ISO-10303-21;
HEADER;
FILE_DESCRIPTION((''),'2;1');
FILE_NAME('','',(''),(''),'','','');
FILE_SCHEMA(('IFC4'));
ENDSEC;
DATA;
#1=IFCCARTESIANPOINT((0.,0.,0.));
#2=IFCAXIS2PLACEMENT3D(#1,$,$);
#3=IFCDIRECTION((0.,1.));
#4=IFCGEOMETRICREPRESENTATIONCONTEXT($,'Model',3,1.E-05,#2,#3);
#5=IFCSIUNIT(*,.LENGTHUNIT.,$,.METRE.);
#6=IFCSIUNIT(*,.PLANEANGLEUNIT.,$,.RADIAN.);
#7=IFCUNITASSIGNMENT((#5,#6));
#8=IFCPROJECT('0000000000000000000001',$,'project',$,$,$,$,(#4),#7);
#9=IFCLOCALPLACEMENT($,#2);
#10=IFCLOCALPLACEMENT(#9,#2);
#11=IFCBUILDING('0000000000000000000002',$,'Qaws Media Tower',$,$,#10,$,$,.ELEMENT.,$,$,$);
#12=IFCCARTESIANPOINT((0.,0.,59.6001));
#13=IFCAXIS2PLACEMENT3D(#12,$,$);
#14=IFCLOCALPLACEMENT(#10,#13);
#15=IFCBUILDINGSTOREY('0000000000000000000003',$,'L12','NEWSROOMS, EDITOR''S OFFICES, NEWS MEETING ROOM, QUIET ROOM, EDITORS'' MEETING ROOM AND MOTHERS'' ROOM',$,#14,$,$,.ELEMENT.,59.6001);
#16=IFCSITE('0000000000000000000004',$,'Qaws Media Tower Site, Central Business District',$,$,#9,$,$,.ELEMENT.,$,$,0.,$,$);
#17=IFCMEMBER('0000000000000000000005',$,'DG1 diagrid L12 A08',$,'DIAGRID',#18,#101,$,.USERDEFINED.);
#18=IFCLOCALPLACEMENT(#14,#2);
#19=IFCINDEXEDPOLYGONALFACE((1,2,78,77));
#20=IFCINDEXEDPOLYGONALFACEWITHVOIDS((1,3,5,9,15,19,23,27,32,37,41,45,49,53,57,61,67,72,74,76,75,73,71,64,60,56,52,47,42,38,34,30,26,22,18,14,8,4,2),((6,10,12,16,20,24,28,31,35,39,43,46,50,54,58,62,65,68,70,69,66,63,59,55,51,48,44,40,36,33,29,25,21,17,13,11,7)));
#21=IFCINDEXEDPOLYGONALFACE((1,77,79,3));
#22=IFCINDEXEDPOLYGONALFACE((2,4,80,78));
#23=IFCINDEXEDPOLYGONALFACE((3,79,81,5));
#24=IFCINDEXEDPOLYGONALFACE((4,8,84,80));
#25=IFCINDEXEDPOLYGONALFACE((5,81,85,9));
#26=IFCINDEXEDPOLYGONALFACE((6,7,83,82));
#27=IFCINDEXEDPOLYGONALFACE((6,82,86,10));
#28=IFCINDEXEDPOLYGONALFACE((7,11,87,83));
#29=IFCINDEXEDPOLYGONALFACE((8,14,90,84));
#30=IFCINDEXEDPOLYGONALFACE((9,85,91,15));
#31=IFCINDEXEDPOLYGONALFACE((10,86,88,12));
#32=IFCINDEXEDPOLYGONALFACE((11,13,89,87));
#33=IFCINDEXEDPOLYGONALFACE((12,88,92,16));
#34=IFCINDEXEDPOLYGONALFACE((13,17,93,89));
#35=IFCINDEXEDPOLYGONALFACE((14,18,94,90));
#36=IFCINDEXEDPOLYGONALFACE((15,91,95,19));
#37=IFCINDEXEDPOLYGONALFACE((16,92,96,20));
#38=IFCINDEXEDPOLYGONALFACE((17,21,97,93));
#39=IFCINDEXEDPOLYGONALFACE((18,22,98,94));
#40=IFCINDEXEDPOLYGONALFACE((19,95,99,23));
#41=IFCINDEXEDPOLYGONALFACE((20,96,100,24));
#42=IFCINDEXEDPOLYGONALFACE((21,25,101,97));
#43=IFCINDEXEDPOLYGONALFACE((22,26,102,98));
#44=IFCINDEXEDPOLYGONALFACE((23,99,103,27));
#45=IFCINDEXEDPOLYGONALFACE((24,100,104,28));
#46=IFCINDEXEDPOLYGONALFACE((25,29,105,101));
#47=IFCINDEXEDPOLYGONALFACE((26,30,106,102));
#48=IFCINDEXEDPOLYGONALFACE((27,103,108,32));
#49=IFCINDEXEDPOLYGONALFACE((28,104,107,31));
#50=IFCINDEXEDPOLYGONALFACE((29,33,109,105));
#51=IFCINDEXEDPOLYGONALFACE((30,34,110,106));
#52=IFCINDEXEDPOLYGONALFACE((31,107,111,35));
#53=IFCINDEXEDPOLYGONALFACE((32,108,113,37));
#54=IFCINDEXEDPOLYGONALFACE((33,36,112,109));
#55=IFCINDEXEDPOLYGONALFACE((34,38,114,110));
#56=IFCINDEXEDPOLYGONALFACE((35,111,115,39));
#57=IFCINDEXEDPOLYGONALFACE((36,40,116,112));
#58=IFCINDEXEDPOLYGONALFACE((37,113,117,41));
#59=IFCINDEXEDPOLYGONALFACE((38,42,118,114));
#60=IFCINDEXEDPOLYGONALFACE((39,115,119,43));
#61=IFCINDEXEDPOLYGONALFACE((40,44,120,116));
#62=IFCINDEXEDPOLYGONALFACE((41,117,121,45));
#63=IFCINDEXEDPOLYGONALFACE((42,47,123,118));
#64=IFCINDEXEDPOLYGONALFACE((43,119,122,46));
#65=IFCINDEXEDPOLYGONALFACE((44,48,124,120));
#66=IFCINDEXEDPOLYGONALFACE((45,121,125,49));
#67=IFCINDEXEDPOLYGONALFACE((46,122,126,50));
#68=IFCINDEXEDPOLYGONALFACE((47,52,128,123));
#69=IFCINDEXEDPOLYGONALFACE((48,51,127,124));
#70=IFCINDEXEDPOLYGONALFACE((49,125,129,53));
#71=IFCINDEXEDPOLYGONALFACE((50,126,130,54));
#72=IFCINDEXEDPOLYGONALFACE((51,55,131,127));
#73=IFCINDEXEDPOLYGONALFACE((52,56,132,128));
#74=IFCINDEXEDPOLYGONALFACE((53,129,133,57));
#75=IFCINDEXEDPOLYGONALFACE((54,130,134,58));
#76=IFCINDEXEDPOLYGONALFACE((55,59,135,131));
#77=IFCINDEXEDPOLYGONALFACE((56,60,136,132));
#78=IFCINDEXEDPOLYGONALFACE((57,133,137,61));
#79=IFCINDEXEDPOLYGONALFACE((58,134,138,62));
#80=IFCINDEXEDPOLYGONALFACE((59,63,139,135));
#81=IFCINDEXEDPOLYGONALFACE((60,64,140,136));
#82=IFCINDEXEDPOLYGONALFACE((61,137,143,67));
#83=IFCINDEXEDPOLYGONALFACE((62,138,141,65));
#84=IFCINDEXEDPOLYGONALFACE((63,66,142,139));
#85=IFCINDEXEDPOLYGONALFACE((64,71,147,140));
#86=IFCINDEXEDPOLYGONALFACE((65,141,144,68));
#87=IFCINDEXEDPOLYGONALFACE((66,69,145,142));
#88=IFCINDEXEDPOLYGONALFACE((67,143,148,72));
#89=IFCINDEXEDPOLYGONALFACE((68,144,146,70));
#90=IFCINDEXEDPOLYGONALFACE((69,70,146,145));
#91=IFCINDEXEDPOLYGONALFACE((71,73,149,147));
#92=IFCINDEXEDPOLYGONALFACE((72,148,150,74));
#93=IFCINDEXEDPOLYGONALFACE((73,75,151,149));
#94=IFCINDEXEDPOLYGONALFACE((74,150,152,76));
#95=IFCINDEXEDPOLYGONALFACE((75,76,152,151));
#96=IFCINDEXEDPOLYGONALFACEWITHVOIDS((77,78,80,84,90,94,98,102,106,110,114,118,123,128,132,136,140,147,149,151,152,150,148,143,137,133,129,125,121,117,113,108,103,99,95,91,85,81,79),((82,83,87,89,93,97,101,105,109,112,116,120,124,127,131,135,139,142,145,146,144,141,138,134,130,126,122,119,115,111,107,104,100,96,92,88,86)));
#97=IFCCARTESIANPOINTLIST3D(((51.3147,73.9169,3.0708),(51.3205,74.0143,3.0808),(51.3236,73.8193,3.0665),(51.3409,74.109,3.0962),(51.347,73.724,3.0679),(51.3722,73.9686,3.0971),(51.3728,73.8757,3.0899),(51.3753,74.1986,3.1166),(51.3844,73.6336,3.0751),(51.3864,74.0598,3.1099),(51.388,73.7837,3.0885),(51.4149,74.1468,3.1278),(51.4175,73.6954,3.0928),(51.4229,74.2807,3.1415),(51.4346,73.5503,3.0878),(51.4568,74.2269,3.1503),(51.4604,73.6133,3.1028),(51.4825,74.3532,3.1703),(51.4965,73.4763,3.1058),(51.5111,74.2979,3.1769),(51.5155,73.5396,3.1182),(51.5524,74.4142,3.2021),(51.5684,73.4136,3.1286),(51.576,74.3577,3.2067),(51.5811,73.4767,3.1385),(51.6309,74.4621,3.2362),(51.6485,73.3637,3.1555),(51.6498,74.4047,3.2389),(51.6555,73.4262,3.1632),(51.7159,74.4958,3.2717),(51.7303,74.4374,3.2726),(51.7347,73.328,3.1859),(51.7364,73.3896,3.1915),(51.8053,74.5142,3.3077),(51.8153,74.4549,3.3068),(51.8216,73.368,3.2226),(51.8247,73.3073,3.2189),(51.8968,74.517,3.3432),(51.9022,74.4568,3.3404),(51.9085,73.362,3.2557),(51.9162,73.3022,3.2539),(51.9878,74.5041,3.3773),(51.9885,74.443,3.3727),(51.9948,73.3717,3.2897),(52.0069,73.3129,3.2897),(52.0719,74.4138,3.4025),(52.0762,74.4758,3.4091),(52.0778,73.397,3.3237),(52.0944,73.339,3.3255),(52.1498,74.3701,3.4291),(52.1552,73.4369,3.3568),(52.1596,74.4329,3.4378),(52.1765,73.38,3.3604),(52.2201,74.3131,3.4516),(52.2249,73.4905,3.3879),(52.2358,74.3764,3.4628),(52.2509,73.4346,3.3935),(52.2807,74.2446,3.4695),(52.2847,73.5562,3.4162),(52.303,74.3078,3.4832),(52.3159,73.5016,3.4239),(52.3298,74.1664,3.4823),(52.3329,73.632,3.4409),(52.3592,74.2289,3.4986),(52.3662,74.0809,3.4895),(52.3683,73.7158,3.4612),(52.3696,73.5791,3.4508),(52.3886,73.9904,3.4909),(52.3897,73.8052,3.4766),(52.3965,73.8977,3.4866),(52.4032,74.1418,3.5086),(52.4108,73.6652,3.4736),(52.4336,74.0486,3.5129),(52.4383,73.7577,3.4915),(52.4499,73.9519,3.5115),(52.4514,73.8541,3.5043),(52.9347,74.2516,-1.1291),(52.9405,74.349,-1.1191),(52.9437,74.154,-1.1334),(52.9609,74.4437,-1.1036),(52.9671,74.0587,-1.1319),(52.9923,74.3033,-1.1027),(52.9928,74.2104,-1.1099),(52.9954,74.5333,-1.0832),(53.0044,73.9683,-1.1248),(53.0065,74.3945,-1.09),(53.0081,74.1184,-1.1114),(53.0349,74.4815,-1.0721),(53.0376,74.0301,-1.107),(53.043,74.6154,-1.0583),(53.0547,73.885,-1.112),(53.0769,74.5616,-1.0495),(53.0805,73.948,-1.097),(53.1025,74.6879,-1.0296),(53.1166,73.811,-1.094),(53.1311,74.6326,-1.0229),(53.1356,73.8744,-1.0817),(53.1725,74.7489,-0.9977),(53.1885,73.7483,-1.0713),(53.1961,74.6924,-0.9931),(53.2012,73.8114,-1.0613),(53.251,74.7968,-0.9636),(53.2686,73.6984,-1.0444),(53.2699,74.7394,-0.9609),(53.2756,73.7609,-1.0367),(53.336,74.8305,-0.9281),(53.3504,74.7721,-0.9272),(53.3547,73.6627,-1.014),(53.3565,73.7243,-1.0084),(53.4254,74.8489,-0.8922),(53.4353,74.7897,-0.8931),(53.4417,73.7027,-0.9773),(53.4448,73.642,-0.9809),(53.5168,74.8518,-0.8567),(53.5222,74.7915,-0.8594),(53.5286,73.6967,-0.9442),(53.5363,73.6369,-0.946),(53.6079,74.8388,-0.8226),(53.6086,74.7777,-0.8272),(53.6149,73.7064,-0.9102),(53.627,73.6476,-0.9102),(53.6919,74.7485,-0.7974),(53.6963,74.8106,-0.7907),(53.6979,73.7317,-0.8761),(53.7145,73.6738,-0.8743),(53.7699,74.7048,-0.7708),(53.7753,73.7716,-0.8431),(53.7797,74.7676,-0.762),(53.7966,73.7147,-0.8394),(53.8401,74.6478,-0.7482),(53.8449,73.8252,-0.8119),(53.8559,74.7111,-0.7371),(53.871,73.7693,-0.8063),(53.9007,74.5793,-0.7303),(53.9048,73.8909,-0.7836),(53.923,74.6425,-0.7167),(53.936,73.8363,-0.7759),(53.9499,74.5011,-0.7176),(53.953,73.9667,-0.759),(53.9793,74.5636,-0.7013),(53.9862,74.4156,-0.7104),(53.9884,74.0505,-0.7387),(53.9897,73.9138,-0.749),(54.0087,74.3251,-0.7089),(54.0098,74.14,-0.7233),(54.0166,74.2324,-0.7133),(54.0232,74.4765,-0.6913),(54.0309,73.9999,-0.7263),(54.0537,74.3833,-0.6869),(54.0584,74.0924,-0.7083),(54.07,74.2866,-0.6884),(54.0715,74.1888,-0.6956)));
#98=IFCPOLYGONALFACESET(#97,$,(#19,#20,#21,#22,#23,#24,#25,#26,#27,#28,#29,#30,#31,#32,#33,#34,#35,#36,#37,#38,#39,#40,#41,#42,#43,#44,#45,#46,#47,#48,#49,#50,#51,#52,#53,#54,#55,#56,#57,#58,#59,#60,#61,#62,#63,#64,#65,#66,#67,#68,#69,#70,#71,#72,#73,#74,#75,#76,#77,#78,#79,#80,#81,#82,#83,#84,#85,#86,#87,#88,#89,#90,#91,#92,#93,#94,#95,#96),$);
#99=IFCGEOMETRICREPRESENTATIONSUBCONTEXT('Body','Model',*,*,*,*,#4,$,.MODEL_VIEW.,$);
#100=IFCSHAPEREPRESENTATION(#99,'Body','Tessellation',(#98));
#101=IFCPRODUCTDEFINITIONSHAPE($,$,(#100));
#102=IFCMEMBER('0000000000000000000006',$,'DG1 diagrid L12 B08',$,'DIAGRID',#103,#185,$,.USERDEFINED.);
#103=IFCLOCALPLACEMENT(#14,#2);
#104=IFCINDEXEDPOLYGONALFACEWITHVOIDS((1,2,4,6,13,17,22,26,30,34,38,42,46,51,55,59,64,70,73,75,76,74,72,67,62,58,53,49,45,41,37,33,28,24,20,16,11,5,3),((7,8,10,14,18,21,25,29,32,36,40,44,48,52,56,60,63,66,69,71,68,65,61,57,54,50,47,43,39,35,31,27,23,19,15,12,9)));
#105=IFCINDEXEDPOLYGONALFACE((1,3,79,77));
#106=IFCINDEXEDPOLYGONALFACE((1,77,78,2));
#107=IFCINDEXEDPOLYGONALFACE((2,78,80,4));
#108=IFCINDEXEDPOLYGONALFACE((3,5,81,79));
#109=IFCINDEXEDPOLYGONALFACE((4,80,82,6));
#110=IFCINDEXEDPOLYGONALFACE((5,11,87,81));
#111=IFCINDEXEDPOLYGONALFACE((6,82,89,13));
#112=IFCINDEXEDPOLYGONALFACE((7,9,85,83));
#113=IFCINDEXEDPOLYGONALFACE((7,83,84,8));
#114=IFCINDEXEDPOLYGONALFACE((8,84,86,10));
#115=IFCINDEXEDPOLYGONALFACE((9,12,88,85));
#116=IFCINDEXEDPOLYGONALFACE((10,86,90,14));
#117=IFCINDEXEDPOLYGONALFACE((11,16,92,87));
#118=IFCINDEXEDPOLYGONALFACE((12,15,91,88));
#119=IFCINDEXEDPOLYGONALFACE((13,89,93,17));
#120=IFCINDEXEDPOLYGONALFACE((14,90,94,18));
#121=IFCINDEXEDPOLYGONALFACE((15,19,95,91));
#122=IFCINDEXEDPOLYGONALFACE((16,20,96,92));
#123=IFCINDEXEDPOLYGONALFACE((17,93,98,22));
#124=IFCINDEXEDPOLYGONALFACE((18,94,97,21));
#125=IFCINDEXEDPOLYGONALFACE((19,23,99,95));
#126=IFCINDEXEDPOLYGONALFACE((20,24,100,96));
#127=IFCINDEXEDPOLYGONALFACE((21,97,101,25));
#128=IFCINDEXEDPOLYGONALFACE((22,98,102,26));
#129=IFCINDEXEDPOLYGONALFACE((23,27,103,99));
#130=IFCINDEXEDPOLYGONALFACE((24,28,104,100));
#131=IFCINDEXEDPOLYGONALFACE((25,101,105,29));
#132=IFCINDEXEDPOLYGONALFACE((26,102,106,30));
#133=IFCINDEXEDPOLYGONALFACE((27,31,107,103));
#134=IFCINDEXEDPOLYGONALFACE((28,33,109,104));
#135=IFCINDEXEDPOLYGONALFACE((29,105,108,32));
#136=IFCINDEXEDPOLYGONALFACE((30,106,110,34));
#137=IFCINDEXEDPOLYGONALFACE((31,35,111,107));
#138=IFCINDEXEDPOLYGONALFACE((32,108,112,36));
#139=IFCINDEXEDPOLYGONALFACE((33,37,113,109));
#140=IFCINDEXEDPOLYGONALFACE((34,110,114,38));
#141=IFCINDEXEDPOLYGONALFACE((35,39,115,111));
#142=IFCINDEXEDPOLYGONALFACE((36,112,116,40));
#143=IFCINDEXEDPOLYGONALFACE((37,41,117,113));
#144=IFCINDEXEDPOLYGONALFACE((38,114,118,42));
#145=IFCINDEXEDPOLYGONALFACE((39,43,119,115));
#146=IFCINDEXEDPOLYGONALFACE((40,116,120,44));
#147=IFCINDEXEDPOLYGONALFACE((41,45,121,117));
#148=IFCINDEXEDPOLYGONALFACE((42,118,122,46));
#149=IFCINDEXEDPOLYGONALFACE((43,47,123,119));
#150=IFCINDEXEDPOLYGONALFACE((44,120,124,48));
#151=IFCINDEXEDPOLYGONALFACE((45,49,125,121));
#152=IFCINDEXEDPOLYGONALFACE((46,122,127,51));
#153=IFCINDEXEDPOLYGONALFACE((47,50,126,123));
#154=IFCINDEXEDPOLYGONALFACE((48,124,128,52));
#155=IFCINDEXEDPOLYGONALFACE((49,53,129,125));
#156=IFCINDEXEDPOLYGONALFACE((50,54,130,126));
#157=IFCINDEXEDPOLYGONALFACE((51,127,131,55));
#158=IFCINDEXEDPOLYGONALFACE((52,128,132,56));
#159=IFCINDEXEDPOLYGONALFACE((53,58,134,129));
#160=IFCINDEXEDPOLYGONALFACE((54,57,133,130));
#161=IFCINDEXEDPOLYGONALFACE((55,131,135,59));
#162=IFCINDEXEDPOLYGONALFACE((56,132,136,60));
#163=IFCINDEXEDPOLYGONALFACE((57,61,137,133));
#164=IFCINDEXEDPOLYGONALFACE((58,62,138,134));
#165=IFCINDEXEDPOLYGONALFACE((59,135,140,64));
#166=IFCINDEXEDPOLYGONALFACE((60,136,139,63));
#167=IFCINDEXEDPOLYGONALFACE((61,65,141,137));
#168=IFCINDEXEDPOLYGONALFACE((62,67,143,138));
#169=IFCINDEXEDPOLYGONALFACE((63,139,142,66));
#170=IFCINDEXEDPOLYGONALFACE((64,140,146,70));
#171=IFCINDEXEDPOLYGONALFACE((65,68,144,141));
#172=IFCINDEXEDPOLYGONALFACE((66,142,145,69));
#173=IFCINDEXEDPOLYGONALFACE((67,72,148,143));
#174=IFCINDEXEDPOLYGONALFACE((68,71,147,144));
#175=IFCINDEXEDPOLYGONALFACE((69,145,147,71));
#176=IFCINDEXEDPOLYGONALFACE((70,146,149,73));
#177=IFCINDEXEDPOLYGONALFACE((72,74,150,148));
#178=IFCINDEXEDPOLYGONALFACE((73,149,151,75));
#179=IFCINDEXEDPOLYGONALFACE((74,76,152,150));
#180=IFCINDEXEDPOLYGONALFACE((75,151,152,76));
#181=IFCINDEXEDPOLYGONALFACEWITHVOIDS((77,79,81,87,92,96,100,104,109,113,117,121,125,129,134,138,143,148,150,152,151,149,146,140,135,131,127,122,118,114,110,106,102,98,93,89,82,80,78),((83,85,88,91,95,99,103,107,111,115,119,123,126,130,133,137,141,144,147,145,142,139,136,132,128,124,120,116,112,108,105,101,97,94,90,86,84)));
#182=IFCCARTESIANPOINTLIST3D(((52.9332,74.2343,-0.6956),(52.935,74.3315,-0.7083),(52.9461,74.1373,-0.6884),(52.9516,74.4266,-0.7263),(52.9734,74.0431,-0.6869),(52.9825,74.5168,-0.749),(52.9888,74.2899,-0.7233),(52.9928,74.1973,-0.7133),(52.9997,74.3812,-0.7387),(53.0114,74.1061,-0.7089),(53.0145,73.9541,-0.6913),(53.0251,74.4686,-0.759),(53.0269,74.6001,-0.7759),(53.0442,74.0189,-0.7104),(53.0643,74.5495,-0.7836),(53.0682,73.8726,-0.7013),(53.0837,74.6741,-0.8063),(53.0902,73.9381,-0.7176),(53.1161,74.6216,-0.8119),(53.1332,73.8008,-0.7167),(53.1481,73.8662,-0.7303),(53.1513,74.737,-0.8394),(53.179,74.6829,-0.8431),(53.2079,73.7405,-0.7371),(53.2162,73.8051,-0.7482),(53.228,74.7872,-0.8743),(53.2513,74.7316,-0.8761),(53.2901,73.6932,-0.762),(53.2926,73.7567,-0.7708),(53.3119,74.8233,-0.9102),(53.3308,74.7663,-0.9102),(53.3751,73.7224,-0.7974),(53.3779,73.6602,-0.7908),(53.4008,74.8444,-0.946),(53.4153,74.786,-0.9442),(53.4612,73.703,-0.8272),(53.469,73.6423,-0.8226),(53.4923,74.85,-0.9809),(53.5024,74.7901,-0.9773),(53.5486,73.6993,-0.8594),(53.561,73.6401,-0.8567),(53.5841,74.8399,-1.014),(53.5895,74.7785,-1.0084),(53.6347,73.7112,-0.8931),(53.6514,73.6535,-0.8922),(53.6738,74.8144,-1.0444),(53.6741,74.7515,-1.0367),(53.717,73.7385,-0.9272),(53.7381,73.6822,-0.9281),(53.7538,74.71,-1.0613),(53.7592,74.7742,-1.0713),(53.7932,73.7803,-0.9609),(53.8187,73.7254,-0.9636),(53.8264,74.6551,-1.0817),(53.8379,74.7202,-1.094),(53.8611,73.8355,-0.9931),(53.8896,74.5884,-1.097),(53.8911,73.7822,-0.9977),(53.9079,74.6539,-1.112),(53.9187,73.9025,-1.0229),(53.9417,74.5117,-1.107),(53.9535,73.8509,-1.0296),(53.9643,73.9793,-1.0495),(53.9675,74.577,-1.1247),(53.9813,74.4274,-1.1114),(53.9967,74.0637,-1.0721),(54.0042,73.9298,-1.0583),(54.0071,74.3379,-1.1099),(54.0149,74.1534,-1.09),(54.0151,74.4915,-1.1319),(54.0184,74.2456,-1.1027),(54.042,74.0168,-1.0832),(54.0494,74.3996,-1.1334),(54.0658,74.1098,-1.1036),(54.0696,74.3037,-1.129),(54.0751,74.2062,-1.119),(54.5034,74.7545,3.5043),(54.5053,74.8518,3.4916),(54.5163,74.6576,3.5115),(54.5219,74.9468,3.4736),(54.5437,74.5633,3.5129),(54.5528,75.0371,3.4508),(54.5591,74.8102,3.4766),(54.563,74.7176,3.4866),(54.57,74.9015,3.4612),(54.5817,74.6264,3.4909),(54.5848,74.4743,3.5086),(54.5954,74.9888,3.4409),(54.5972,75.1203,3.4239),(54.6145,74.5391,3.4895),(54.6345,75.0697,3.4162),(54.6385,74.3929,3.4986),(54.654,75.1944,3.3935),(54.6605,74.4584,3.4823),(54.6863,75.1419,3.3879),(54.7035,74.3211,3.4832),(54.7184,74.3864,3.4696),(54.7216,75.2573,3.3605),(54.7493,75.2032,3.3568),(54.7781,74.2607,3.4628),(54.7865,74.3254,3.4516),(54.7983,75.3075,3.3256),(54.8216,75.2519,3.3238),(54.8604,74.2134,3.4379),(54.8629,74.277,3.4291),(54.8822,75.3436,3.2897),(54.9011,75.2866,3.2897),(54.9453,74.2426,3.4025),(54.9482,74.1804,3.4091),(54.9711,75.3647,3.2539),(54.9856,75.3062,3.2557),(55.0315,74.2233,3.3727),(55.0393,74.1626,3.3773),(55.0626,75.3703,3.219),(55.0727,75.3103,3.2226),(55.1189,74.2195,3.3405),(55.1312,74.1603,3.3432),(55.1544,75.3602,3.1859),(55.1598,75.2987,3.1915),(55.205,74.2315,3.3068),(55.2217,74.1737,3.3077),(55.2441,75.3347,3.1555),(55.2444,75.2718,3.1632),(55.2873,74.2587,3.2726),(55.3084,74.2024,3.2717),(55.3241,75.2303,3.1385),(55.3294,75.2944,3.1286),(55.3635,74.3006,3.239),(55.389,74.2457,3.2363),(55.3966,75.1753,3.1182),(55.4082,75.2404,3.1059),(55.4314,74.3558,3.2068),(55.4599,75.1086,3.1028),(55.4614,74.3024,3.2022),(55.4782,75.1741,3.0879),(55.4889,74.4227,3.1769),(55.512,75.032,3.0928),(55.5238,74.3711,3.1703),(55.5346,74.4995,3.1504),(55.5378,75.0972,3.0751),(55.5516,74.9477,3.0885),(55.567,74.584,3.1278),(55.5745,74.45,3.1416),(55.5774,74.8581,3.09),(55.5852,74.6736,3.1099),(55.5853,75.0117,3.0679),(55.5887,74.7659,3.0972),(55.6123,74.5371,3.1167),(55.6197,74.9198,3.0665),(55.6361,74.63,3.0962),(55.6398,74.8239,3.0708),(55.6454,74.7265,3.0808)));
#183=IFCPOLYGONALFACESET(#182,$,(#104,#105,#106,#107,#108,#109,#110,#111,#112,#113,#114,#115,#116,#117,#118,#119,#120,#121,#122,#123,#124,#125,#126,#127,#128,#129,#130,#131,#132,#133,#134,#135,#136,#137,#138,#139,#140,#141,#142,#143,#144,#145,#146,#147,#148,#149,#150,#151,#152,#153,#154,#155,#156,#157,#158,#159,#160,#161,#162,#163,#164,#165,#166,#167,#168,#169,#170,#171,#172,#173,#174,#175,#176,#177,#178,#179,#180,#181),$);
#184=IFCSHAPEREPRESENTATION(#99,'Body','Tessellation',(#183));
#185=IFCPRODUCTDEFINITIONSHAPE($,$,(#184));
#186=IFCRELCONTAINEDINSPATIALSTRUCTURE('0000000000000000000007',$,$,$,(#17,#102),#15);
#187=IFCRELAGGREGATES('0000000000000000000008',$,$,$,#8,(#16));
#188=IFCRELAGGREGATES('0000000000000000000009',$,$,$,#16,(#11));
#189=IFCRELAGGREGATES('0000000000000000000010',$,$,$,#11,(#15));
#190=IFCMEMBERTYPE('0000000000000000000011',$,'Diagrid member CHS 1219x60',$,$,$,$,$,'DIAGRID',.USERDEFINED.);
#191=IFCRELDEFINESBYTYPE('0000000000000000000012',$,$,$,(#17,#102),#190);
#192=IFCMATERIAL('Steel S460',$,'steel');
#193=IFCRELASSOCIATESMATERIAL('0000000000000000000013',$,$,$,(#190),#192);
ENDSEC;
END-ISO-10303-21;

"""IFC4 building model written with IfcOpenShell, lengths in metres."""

from ifc_helpers import new_model, si_unit, direction, frame, origin, origin_2d, place, context, subcontext, project, spatial, hollow_circle, extrude, material, material_profile, profile_set, type_object, element, save


model = new_model("IFC4")

# Units and contexts
model_context = context("Model", 3, precision=1e-05, world=origin(), true_north=direction((0.0, 1.0)))
body_context = subcontext(model_context, "Body", "Model", "MODEL_VIEW")
ifc_project = project(units=[si_unit("LENGTHUNIT", "METRE"), si_unit("PLANEANGLEUNIT", "RADIAN")], contexts=[model_context])

# Site, building, storey
site_placement = place(None, origin())
site = spatial("IfcSite", under=ifc_project, at=site_placement, Name="Qaws Media Tower Site, Central Business District", CompositionType="ELEMENT", RefElevation=0.0)
building_placement = place(site_placement, origin())
building = spatial("IfcBuilding", under=site, at=building_placement, Name="Qaws Media Tower", CompositionType="ELEMENT")
storey_placement = place(building_placement, frame((0.0, 0.0, 59.6001)))
storey = spatial("IfcBuildingStorey", under=building, at=storey_placement, Name="L12", Description="NEWSROOMS, EDITOR'S OFFICES, NEWS MEETING ROOM, QUIET ROOM, EDITORS' MEETING ROOM AND MOTHERS' ROOM", CompositionType="ELEMENT", Elevation=59.6001)

# Members
ifc_material_1 = material(Name="Steel S460", Category="steel")
ifc_material_profile_1 = material_profile(ifc_material_1, hollow_circle(Radius=0.6096, WallThickness=0.0601, at=origin_2d()), Name="CHS 1219x60")
ifc_profile_set_1 = profile_set([ifc_material_profile_1], Name="Steel S460")
member_type_1 = type_object("IfcMemberType", Name="Diagrid member CHS 1219x60", ElementType="DIAGRID", PredefinedType="USERDEFINED", material=ifc_profile_set_1)
for number, where, z_axis, x_axis, name in (
    (1, (53.5037, 74.2446, -0.9102), (-0.358908, -0.07415, 0.930423), (0.202327, -0.979318, 0.0), "DG1 diagrid L12 A08"),
    (2, (53.5037, 74.2446, -0.9102), (0.347876, 0.115256, 0.930429), (-0.314501, 0.949257, 0.0), "DG1 diagrid L12 B08"),
):
    element("IfcMember", number, at=place(storey_placement, frame(where, z_axis=z_axis, x_axis=x_axis)), inside=storey, type_object=member_type_1, Name=name, ObjectType="DIAGRID", PredefinedType="USERDEFINED", context=body_context, shape_type="SweptSolid", body=[
        extrude(hollow_circle(Radius=0.6096, WallThickness=0.0601, at=origin_2d()), origin(), (0.0, 0.0, 1.0), 4.5139),
    ])

save(model, "model.ifc")
